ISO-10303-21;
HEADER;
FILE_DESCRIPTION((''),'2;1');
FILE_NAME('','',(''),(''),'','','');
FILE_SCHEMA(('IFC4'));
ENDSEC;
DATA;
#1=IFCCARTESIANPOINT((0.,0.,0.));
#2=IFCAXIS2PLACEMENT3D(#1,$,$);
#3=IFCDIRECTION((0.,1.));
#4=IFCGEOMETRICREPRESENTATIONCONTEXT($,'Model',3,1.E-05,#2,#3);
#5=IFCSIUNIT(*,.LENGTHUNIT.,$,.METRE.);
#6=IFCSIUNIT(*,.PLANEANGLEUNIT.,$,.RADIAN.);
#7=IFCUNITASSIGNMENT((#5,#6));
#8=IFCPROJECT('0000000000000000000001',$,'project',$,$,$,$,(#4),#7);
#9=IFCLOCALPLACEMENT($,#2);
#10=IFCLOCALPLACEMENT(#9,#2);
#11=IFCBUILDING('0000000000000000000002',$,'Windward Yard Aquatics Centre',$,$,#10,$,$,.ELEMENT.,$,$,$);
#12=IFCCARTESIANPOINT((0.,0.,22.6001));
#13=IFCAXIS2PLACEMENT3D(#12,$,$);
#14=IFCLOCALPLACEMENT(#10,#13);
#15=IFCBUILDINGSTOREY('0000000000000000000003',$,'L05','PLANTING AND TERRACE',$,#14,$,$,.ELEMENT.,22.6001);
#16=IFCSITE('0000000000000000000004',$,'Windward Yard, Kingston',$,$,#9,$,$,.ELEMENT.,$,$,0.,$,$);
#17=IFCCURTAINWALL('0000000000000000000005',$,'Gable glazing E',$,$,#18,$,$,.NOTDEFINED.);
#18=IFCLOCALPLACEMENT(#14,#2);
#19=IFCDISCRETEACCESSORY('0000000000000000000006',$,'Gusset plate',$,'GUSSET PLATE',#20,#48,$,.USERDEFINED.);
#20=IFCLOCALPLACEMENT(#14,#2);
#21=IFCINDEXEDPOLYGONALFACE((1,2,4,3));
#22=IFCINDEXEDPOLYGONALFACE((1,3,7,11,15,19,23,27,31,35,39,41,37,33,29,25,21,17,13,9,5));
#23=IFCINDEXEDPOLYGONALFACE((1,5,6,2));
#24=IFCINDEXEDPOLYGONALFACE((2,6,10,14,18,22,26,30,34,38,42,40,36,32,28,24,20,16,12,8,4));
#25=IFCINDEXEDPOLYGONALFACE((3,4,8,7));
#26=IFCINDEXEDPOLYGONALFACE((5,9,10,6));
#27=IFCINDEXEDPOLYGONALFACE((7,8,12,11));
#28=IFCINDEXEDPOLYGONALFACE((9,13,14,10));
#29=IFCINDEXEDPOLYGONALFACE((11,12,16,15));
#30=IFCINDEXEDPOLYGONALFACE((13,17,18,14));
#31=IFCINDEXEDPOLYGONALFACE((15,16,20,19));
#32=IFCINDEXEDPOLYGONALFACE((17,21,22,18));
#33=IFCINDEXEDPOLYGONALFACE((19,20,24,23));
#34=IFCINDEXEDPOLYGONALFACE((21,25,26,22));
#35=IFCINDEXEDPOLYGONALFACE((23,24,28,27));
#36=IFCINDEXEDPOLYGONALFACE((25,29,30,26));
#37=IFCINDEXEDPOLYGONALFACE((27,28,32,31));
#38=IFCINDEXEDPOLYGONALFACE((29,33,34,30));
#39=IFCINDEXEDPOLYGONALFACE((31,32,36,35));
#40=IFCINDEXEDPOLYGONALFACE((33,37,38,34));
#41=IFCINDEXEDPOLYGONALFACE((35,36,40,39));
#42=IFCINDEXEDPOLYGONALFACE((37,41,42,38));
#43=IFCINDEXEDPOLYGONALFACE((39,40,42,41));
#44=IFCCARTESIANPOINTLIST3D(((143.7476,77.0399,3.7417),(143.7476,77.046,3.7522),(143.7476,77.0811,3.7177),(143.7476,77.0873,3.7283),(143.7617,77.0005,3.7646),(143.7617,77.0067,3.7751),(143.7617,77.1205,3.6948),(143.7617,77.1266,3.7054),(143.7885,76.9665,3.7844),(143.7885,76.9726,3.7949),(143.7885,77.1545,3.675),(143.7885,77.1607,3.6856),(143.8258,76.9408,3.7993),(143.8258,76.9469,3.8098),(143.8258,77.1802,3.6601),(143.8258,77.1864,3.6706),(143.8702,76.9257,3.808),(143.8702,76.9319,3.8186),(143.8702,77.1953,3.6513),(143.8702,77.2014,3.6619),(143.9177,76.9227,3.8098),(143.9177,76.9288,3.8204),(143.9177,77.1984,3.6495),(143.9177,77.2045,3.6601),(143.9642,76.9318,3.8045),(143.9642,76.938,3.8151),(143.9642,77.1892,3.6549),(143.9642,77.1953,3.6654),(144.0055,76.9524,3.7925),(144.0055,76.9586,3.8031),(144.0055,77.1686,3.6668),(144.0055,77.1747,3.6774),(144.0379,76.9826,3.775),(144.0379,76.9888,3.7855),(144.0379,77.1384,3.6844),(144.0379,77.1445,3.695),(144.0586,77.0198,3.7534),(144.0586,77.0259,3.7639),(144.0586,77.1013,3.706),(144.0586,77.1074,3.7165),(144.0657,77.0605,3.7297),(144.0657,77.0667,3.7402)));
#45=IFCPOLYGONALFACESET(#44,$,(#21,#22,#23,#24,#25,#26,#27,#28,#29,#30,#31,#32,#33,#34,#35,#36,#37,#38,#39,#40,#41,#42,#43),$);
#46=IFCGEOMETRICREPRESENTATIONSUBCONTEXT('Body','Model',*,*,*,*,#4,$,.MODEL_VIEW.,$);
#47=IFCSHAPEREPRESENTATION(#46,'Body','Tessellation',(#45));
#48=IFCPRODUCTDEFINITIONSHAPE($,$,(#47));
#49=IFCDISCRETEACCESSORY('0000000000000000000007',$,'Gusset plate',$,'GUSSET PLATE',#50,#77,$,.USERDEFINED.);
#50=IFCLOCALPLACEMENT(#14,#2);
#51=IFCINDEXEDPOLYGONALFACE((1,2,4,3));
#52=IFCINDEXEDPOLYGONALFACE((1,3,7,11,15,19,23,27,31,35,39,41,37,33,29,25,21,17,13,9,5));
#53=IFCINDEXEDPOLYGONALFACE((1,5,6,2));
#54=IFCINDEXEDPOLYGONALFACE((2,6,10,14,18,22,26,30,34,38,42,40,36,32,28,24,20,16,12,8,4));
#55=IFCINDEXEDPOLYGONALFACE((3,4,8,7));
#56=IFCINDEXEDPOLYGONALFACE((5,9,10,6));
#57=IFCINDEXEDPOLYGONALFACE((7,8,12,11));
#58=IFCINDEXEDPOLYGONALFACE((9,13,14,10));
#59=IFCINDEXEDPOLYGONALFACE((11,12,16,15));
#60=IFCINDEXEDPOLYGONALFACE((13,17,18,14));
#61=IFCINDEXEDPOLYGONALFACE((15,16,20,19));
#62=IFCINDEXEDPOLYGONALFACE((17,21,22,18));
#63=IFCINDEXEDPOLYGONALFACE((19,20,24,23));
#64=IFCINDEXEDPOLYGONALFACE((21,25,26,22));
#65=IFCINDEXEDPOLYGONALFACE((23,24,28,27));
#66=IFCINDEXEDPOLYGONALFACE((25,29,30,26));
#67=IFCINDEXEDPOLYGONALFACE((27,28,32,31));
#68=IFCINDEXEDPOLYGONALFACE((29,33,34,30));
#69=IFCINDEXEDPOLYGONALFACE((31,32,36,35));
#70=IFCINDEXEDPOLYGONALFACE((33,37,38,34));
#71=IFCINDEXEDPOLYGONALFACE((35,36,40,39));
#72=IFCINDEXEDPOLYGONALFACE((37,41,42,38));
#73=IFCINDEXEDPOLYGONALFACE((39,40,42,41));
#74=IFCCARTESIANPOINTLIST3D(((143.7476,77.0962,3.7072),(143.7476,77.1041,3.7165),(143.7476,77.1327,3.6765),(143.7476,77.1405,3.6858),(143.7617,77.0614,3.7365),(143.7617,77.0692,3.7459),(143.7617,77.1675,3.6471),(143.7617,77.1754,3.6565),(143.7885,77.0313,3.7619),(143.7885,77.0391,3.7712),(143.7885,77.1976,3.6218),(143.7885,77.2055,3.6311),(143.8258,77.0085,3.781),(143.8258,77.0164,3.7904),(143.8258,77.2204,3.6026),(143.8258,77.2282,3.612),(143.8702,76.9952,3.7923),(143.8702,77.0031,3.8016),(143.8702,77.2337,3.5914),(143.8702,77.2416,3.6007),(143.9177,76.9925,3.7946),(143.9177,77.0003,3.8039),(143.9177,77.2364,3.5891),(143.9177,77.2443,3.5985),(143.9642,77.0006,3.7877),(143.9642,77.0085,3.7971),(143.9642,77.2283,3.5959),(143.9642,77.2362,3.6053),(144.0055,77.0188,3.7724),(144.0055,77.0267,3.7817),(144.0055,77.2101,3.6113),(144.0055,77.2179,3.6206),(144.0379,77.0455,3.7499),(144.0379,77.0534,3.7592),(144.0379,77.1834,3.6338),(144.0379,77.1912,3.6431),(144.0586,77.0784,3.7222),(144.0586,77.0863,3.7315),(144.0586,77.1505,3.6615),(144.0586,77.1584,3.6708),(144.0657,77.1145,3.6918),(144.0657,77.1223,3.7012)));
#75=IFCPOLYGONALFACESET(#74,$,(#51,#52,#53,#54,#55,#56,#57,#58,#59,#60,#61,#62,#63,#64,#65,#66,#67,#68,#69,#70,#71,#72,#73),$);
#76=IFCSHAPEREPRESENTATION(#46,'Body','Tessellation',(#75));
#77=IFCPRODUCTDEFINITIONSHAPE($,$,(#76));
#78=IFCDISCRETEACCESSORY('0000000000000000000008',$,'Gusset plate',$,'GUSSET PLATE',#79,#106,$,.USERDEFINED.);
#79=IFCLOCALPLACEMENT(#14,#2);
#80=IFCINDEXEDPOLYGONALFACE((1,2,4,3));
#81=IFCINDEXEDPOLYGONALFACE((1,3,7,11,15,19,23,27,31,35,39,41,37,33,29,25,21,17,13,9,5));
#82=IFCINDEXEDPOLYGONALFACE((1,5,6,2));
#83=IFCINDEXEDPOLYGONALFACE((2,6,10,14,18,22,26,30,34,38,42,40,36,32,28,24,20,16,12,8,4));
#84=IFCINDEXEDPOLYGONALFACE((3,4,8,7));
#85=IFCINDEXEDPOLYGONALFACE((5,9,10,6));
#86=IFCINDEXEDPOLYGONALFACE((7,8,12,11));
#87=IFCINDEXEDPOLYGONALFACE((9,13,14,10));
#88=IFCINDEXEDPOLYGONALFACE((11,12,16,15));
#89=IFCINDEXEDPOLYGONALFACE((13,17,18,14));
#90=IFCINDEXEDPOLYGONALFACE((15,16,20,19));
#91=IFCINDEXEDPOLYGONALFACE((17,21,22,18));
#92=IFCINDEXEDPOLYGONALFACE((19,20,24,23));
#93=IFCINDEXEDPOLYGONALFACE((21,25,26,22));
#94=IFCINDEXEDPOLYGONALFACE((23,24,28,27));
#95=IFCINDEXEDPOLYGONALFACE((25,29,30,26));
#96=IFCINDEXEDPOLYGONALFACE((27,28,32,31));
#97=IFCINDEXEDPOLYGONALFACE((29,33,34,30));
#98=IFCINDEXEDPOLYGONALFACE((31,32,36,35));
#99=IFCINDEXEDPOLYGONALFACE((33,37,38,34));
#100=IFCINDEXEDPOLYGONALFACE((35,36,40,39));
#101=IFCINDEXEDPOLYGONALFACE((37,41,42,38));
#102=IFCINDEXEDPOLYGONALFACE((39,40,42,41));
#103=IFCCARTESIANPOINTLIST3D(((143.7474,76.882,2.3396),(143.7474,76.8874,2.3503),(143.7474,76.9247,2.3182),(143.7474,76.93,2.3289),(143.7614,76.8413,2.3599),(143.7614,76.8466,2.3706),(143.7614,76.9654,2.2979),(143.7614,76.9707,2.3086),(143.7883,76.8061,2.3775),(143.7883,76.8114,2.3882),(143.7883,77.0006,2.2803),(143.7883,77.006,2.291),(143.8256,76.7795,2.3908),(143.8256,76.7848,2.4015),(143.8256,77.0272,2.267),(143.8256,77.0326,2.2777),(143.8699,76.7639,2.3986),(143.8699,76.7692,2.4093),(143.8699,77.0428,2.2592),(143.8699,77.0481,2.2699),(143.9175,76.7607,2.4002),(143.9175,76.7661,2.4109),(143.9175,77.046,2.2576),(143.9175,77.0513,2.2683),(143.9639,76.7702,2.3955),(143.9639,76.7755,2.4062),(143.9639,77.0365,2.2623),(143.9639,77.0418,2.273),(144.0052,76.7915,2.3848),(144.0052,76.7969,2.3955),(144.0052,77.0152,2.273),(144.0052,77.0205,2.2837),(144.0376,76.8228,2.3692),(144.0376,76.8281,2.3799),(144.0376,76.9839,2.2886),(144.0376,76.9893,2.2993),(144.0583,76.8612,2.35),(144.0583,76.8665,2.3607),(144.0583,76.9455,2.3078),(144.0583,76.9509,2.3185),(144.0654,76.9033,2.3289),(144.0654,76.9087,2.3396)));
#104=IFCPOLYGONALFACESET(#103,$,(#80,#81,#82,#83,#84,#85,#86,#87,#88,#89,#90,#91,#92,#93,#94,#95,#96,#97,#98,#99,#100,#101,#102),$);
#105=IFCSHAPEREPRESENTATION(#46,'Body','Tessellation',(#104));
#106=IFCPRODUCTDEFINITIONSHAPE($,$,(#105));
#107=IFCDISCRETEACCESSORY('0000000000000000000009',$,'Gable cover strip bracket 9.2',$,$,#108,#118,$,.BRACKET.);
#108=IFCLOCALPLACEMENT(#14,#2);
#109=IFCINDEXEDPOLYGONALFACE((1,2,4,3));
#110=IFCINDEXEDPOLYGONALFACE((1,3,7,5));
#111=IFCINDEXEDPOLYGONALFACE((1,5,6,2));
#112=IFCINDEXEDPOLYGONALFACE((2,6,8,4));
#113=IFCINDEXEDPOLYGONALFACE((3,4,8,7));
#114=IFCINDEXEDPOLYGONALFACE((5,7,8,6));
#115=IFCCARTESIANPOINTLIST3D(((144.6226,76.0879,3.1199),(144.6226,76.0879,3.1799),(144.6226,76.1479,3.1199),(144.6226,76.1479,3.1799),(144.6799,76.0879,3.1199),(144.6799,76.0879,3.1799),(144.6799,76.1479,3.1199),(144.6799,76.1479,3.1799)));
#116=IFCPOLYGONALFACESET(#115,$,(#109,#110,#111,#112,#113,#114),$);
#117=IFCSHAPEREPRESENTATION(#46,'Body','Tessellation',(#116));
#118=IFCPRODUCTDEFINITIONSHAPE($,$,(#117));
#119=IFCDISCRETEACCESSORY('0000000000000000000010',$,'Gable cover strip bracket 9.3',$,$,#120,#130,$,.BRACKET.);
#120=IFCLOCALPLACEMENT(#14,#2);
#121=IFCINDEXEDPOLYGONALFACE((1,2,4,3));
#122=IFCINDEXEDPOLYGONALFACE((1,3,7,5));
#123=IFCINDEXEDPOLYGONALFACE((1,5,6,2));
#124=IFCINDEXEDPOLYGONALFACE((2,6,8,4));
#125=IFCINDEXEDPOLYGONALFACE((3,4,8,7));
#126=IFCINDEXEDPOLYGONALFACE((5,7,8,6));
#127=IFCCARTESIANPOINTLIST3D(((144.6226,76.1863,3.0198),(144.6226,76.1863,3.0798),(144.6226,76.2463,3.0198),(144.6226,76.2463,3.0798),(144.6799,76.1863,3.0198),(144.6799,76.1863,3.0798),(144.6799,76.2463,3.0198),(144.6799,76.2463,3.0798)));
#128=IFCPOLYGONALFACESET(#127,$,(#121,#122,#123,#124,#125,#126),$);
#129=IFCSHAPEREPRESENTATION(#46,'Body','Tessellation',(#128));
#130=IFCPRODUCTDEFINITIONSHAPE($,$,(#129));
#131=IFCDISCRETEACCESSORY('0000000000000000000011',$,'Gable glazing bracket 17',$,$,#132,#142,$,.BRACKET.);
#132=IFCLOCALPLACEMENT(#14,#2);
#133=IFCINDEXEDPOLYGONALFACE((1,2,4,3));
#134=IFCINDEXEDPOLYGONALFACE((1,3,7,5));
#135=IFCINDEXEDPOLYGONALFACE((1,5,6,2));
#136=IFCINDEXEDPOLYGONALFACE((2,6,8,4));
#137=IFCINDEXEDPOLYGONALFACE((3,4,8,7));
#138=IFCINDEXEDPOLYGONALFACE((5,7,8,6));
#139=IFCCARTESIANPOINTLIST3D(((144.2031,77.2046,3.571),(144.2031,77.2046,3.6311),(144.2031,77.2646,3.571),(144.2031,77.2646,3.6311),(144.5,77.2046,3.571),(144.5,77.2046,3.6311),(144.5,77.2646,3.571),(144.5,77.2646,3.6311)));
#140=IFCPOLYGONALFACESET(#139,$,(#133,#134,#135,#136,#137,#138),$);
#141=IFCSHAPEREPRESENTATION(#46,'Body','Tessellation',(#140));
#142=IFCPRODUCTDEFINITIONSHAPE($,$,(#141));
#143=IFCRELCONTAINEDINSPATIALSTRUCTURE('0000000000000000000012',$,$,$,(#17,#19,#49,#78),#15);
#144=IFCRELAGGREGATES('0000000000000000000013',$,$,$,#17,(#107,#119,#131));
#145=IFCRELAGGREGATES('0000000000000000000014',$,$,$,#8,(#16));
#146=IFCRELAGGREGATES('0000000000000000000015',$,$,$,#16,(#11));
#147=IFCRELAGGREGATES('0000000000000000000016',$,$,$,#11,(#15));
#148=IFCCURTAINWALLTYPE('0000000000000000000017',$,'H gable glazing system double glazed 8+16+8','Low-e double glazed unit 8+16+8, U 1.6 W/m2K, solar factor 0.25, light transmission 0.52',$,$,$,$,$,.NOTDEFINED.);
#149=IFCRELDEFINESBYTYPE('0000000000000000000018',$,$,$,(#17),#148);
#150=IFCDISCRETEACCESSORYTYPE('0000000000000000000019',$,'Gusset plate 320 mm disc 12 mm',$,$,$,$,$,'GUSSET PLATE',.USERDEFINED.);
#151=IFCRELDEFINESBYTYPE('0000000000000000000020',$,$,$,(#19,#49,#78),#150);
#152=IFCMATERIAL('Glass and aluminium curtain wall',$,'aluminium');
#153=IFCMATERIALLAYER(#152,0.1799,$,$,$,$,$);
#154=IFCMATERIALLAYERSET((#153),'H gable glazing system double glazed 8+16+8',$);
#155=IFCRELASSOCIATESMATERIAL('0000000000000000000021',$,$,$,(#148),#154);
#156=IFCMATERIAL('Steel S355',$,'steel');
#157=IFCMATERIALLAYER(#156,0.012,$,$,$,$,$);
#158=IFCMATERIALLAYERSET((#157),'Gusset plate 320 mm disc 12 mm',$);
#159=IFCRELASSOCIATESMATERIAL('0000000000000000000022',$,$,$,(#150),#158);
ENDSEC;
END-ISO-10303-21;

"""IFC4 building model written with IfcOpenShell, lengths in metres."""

from ifc_helpers import new_model, si_unit, direction, frame, origin, origin_2d, place, context, subcontext, project, spatial, rectangle, circle, extrude, material, layer, layer_set, type_object, element, aggregate, save


model = new_model("IFC4")

# Units and contexts
model_context = context("Model", 3, precision=1e-05, world=origin(), true_north=direction((0.0, 1.0)))
body_context = subcontext(model_context, "Body", "Model", "MODEL_VIEW")
ifc_project = project(units=[si_unit("LENGTHUNIT", "METRE"), si_unit("PLANEANGLEUNIT", "RADIAN")], contexts=[model_context])

# Site, building, storey
site_placement = place(None, origin())
site = spatial("IfcSite", under=ifc_project, at=site_placement, Name="Windward Yard, Kingston", CompositionType="ELEMENT", RefElevation=0.0)
building_placement = place(site_placement, origin())
building = spatial("IfcBuilding", under=site, at=building_placement, Name="Windward Yard Aquatics Centre", CompositionType="ELEMENT")
storey_placement = place(building_placement, frame((0.0, 0.0, 22.6001)))
storey = spatial("IfcBuildingStorey", under=building, at=storey_placement, Name="L05", Description="PLANTING AND TERRACE", CompositionType="ELEMENT", Elevation=22.6001)

# Curtain wall
ifc_material_1 = material(Name="Glass and aluminium curtain wall", Category="aluminium")
ifc_layer_1 = layer(ifc_material_1, 0.1799)
ifc_layer_set_1 = layer_set([ifc_layer_1], Name="H gable glazing system double glazed 8+16+8")
curtain_wall_type = type_object("IfcCurtainWallType", Name="H gable glazing system double glazed 8+16+8", Description="Low-e double glazed unit 8+16+8, U 1.6 W/m2K, solar factor 0.25, light transmission 0.52", PredefinedType="NOTDEFINED", material=ifc_layer_set_1)
curtain_wall_placement = place(storey_placement, origin())
curtain_wall = element("IfcCurtainWall", 1, at=curtain_wall_placement, inside=storey, type_object=curtain_wall_type, Name="Gable glazing E", PredefinedType="NOTDEFINED")

# Discrete accessories
ifc_material_2 = material(Name="Steel S355", Category="steel")
ifc_layer_2 = layer(ifc_material_2, 0.012)
ifc_layer_set_2 = layer_set([ifc_layer_2], Name="Gusset plate 320 mm disc 12 mm")
discrete_accessory_type = type_object("IfcDiscreteAccessoryType", Name="Gusset plate 320 mm disc 12 mm", ElementType="GUSSET PLATE", PredefinedType="USERDEFINED", material=ifc_layer_set_2)
for number, where, z_axis, x_axis, name in (
    (2, (143.9058, 77.0667, 3.7402), (0.0, -0.50262, -0.864507), (1.0, 0.0, 0.0), "Gusset plate"),
    (3, (143.9058, 77.1223, 3.7012), (0.0, -0.644136, -0.764911), (1.0, 0.0, 0.0), "Gusset plate"),
):
    element("IfcDiscreteAccessory", number, at=place(storey_placement, frame(where, z_axis=z_axis, x_axis=x_axis)), inside=storey, type_object=discrete_accessory_type, Name=name, ObjectType="GUSSET PLATE", PredefinedType="USERDEFINED", context=body_context, shape_type="SweptSolid", body=[
        extrude(circle(Radius=0.1599, at=origin_2d()), origin(), (0.0, 0.0, 1.0), 0.0122),
    ])
discrete_accessory_1_placement = place(storey_placement, frame((143.9055, 76.9087, 2.3396), z_axis=(0.0, -0.447214, -0.894427), x_axis=(1.0, 0.0, 0.0)))
element("IfcDiscreteAccessory", 4, at=discrete_accessory_1_placement, inside=storey, type_object=discrete_accessory_type, Name="Gusset plate", ObjectType="GUSSET PLATE", PredefinedType="USERDEFINED", context=body_context, shape_type="SweptSolid", body=[
    extrude(circle(Radius=0.1599, at=origin_2d()), origin(), (0.0, 0.0, 1.0), 0.012),
])

# Discrete accessories
discrete_accessory_2_placement = place(storey_placement, frame((144.6226, 76.1179, 3.1499), z_axis=(1.0, 0.0, 0.0), x_axis=(0.0, 1.0, 0.0)))
discrete_accessory_2 = element("IfcDiscreteAccessory", 5, at=discrete_accessory_2_placement, Name="Gable cover strip bracket 9.2", PredefinedType="BRACKET", context=body_context, shape_type="SweptSolid", body=[
    extrude(rectangle(XDim=0.0601, YDim=0.0601, at=origin_2d()), origin(), (0.0, 0.0, 1.0), 0.0574),
])
discrete_accessory_3_placement = place(storey_placement, frame((144.6226, 76.2163, 3.0498), z_axis=(1.0, 0.0, 0.0), x_axis=(0.0, 1.0, 0.0)))
discrete_accessory_3 = element("IfcDiscreteAccessory", 6, at=discrete_accessory_3_placement, Name="Gable cover strip bracket 9.3", PredefinedType="BRACKET", context=body_context, shape_type="SweptSolid", body=[
    extrude(rectangle(XDim=0.0601, YDim=0.0601, at=origin_2d()), origin(), (0.0, 0.0, 1.0), 0.0574),
])
discrete_accessory_4_placement = place(storey_placement, frame((144.2031, 77.2346, 3.6011), z_axis=(1.0, 0.0, 0.0), x_axis=(0.0, 1.0, 0.0)))
discrete_accessory_4 = element("IfcDiscreteAccessory", 7, at=discrete_accessory_4_placement, Name="Gable glazing bracket 17", PredefinedType="BRACKET", context=body_context, shape_type="SweptSolid", body=[
    extrude(rectangle(XDim=0.0601, YDim=0.0601, at=origin_2d()), origin(), (0.0, 0.0, 1.0), 0.2969),
])
aggregate(curtain_wall, [discrete_accessory_2, discrete_accessory_3, discrete_accessory_4])

save(model, "model.ifc")
